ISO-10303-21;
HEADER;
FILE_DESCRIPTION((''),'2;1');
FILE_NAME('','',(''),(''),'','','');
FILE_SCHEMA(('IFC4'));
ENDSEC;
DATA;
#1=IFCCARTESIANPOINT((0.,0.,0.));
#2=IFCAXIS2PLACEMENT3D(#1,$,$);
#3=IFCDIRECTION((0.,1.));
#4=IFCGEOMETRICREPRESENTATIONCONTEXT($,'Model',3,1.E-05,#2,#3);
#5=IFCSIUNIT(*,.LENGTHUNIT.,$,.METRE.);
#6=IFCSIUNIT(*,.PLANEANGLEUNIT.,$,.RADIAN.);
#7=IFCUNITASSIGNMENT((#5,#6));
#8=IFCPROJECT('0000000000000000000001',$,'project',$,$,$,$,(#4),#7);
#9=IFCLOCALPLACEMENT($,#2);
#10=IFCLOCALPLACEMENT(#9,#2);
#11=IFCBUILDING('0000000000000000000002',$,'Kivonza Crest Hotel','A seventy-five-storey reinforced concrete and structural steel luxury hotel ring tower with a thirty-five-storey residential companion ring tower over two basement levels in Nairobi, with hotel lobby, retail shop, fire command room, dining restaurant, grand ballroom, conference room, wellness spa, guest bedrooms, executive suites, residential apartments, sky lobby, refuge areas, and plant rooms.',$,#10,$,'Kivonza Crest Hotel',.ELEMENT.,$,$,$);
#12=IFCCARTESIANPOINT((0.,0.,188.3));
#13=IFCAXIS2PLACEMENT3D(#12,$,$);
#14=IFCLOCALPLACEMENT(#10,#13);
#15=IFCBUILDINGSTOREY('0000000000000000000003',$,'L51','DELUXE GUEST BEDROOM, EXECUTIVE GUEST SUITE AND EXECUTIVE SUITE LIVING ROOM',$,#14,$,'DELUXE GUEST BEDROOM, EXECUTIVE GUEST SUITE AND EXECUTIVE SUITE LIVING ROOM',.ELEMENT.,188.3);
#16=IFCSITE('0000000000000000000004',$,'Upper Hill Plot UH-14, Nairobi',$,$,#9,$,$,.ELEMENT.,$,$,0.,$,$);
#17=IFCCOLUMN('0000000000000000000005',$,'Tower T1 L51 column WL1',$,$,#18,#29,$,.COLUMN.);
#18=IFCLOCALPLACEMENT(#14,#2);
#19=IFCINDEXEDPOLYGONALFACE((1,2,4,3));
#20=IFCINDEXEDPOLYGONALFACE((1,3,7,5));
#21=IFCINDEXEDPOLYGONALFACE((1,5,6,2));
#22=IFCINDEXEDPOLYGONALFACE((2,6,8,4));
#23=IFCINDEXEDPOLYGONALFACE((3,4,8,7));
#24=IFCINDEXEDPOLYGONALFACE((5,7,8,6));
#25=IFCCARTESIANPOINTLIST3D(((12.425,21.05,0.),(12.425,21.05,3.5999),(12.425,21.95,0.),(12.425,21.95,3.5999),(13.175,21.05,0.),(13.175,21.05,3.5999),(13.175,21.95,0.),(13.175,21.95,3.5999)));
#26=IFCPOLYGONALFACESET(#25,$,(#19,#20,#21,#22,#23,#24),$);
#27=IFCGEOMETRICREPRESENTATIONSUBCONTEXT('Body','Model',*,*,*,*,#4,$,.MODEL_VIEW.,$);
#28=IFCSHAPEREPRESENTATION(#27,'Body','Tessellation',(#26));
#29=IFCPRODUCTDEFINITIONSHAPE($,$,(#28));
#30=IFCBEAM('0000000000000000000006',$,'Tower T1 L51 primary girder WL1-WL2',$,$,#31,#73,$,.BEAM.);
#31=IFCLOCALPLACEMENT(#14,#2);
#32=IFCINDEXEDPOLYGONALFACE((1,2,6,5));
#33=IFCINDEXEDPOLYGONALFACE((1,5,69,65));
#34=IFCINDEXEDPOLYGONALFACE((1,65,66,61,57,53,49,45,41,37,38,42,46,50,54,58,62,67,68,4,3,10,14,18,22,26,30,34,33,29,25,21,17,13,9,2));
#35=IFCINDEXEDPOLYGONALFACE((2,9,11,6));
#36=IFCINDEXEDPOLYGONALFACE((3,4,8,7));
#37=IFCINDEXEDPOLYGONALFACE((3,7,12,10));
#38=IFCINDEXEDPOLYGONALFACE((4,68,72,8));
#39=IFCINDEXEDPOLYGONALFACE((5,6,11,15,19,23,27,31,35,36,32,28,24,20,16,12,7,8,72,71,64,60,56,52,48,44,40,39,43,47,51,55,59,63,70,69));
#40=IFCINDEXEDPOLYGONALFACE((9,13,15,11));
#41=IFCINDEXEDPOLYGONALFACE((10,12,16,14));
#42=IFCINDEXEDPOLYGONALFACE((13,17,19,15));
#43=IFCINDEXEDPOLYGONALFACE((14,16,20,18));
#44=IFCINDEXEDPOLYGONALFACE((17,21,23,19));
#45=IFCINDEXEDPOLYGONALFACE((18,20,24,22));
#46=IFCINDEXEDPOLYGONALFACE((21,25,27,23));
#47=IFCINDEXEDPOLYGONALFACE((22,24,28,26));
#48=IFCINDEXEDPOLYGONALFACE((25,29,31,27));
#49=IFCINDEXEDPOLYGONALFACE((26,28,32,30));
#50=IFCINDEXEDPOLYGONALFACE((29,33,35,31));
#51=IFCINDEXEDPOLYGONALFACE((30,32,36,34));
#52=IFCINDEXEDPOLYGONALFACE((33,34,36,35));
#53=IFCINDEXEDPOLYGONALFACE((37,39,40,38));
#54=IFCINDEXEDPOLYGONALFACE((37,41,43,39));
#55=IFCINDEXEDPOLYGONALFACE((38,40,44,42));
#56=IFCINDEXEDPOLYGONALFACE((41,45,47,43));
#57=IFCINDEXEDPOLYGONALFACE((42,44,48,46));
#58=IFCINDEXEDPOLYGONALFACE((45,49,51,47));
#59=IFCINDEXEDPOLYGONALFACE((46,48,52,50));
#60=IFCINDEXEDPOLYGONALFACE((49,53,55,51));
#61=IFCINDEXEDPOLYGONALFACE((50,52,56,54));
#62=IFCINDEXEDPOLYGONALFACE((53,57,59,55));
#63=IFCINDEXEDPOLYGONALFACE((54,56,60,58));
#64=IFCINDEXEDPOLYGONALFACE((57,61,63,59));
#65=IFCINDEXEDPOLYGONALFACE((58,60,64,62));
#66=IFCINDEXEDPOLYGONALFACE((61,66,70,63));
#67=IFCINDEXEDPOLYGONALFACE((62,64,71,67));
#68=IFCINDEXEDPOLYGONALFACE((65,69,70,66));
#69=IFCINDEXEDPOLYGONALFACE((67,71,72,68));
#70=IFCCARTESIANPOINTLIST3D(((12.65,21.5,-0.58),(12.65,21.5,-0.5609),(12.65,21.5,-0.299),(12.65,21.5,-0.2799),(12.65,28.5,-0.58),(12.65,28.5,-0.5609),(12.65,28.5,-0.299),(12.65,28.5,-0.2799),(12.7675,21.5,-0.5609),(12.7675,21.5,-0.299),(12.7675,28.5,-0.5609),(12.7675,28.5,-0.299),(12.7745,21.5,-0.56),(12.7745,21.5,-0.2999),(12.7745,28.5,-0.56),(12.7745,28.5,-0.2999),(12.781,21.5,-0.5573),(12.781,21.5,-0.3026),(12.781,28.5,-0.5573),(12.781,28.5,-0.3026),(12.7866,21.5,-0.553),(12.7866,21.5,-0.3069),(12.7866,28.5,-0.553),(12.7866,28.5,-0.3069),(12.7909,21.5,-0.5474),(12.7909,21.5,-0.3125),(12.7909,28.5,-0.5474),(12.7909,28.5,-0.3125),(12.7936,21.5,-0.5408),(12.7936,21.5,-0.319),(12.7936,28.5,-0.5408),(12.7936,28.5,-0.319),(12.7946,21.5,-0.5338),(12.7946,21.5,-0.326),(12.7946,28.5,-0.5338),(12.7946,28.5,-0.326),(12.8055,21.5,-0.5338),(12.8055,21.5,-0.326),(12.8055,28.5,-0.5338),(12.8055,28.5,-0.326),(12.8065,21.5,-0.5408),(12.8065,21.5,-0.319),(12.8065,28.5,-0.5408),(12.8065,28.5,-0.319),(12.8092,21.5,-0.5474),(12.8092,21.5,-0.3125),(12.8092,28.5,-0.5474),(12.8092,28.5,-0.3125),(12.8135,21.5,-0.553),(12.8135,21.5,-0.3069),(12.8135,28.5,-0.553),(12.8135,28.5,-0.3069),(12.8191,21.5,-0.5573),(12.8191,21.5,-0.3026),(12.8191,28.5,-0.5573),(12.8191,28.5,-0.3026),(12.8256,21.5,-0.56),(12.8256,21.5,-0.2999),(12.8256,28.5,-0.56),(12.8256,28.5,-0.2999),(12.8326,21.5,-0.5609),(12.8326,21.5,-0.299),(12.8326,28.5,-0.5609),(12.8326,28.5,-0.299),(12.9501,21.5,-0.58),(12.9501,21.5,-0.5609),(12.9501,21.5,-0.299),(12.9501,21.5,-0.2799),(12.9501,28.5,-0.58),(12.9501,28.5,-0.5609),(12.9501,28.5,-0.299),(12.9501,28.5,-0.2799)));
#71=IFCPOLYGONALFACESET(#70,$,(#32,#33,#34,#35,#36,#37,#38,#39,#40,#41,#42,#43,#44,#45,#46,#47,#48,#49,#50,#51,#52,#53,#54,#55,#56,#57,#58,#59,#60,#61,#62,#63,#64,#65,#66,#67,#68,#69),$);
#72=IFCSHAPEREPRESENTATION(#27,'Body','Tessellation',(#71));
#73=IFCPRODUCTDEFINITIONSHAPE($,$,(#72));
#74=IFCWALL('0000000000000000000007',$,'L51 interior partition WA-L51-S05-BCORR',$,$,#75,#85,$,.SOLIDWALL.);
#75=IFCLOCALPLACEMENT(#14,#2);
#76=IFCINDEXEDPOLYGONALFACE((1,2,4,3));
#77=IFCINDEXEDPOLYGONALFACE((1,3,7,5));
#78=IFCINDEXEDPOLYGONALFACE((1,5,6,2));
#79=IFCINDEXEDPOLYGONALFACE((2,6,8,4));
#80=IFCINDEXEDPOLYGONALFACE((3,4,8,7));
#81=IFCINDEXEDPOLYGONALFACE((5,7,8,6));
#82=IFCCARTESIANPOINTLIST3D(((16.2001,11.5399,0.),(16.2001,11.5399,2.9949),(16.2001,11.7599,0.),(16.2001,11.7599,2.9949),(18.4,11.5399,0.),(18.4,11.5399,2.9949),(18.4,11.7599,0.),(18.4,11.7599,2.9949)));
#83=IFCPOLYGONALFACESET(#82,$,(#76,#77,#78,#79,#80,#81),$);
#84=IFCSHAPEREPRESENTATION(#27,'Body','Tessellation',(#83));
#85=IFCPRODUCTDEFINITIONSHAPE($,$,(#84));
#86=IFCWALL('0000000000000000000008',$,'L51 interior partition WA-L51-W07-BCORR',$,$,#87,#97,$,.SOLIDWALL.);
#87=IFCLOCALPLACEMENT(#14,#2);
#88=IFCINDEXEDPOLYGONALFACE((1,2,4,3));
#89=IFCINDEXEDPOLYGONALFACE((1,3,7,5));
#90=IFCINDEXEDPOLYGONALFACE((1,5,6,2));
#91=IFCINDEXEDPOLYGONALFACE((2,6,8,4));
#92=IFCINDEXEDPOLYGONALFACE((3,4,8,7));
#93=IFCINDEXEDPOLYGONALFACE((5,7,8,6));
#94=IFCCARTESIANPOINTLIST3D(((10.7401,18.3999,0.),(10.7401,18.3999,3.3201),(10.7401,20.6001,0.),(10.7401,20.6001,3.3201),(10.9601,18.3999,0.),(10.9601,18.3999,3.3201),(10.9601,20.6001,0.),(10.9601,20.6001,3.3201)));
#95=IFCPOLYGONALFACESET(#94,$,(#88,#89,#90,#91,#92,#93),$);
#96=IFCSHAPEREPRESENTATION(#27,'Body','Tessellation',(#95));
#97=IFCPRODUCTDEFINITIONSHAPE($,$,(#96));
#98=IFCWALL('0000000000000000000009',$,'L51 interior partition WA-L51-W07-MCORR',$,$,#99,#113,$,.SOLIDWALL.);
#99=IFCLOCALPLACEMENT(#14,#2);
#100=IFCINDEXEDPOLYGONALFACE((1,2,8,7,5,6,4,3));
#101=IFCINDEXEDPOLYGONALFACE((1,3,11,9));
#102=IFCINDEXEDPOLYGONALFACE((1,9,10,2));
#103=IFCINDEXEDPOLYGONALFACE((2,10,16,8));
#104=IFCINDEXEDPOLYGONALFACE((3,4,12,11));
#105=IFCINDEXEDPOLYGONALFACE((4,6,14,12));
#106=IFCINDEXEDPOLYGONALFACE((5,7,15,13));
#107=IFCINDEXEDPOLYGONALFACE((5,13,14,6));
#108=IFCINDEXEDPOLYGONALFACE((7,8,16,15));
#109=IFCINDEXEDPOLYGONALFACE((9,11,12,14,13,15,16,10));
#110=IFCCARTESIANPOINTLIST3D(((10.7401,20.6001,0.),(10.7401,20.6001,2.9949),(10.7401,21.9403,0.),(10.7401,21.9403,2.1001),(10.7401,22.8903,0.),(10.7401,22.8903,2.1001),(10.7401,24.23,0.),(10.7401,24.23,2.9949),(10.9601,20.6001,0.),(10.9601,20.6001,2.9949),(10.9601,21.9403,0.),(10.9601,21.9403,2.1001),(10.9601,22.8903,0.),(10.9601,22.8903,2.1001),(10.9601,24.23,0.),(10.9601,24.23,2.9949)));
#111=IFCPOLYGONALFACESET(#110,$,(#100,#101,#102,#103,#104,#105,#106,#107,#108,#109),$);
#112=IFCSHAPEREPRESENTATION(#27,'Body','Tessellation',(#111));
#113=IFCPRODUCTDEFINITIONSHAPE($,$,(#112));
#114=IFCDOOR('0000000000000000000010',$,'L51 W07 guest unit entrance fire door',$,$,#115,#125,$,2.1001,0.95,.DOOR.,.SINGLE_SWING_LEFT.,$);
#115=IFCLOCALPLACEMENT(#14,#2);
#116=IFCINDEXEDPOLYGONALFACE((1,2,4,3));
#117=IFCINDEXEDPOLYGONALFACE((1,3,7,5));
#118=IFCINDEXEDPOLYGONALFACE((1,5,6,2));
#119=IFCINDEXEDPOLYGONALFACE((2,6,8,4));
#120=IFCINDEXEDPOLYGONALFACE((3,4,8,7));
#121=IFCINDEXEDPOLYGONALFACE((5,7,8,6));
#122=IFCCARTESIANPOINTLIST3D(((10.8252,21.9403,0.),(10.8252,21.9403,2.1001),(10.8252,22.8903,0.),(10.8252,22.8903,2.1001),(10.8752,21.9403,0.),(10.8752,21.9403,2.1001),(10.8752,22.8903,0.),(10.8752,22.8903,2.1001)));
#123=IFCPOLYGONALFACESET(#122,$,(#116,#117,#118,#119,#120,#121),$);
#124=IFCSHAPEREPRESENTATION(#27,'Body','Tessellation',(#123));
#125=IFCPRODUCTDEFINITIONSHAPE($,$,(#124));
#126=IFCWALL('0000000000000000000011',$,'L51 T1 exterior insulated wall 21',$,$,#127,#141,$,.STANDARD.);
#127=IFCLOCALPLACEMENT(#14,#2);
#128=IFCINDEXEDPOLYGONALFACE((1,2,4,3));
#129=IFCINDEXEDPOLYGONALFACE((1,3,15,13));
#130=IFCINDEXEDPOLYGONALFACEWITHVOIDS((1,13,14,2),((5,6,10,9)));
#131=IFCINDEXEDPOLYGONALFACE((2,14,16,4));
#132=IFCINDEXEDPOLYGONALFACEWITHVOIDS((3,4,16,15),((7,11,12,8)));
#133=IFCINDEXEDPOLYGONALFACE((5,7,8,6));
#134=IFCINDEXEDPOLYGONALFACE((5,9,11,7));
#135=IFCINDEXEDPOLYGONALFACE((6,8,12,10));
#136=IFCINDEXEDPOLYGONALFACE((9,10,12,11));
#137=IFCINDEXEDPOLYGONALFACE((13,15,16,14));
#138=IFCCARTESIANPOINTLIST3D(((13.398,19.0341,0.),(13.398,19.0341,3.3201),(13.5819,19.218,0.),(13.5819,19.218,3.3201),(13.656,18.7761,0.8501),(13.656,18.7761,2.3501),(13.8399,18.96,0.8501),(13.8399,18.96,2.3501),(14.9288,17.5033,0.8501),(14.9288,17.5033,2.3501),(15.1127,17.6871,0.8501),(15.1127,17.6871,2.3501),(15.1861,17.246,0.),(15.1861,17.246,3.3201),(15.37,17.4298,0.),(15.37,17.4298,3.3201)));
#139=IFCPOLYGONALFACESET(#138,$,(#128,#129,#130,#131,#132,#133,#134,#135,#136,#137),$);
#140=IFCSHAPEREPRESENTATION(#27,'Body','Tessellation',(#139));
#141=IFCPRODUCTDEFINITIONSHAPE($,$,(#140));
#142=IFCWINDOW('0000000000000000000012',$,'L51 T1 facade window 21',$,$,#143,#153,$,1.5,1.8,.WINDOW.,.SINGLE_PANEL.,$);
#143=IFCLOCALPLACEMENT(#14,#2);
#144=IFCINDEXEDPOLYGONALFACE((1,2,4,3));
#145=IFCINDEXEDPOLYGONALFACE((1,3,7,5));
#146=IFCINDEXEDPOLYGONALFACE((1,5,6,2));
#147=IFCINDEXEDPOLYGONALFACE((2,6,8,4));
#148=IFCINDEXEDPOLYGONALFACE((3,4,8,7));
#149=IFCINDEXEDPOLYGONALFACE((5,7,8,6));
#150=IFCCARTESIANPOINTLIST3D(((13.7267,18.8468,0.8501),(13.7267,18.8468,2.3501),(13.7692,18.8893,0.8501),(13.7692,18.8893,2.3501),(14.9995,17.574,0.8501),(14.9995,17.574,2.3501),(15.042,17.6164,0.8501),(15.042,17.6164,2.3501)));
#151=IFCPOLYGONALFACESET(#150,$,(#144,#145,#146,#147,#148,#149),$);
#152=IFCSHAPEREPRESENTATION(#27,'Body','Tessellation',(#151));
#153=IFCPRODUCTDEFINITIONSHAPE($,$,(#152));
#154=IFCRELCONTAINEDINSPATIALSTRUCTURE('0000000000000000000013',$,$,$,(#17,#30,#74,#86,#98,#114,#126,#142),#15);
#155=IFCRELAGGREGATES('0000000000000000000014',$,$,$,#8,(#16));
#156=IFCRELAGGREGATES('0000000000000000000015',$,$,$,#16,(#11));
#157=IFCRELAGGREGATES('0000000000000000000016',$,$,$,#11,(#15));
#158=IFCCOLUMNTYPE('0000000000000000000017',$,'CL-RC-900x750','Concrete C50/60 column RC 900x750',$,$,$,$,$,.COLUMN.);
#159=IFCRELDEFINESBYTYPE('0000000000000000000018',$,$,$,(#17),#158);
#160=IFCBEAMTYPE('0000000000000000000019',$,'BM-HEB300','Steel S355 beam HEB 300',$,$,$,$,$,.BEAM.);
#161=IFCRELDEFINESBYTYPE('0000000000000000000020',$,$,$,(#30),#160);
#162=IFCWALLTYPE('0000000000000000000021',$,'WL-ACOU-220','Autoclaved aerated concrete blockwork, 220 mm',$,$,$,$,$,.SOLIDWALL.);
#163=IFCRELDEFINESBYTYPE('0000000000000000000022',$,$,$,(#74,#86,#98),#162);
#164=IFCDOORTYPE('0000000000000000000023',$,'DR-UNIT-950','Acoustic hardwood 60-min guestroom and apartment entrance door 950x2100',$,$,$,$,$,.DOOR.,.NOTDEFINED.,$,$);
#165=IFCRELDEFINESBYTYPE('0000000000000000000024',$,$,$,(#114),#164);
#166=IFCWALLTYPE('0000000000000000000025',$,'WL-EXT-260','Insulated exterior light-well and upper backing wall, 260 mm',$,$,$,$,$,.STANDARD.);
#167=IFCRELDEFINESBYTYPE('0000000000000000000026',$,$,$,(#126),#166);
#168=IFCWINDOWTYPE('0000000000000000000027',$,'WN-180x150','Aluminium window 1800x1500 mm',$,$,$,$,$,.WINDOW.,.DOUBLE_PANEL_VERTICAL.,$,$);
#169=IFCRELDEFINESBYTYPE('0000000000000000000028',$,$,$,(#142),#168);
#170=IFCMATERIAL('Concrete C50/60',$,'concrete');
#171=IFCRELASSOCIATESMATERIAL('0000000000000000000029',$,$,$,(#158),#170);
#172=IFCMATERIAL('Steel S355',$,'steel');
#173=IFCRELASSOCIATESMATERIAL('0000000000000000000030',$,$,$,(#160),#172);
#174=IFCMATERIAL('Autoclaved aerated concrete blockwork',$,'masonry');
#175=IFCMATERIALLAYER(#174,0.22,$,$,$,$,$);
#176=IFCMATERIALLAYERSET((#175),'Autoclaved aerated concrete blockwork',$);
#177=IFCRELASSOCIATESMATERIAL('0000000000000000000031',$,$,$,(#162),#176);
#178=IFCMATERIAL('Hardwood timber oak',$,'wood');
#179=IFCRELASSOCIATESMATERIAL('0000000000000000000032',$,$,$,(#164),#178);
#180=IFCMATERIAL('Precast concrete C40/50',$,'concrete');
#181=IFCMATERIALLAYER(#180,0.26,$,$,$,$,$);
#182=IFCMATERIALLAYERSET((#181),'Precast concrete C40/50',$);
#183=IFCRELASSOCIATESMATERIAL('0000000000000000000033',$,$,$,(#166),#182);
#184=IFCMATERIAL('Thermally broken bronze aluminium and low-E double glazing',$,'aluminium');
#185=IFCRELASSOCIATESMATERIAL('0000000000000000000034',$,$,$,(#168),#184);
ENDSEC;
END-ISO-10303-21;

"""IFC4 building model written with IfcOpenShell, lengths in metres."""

from ifc_helpers import new_model, si_unit, direction, frame, frame_2d, origin, origin_2d, place, context, subcontext, project, spatial, rectangle, i_section, extrude, material, layer, layer_set, material_profile, profile_set, type_object, element, fill, save


model = new_model("IFC4")

# Units and contexts
model_context = context("Model", 3, precision=1e-05, world=origin(), true_north=direction((0.0, 1.0)))
body_context = subcontext(model_context, "Body", "Model", "MODEL_VIEW")
ifc_project = project(units=[si_unit("LENGTHUNIT", "METRE"), si_unit("PLANEANGLEUNIT", "RADIAN")], contexts=[model_context])

# Site, building, storey
site_placement = place(None, origin())
site = spatial("IfcSite", under=ifc_project, at=site_placement, Name="Upper Hill Plot UH-14, Nairobi", CompositionType="ELEMENT", RefElevation=0.0)
building_placement = place(site_placement, origin())
building = spatial("IfcBuilding", under=site, at=building_placement, Name="Kivonza Crest Hotel", Description="A seventy-five-storey reinforced concrete and structural steel luxury hotel ring tower with a thirty-five-storey residential companion ring tower over two basement levels in Nairobi, with hotel lobby, retail shop, fire command room, dining restaurant, grand ballroom, conference room, wellness spa, guest bedrooms, executive suites, residential apartments, sky lobby, refuge areas, and plant rooms.", LongName="Kivonza Crest Hotel", CompositionType="ELEMENT")
storey_placement = place(building_placement, frame((0.0, 0.0, 188.3)))
storey = spatial("IfcBuildingStorey", under=building, at=storey_placement, Name="L51", Description="DELUXE GUEST BEDROOM, EXECUTIVE GUEST SUITE AND EXECUTIVE SUITE LIVING ROOM", LongName="DELUXE GUEST BEDROOM, EXECUTIVE GUEST SUITE AND EXECUTIVE SUITE LIVING ROOM", CompositionType="ELEMENT", Elevation=188.3)

# Column
ifc_material_1 = material(Name="Concrete C50/60", Category="concrete")
ifc_material_profile_1 = material_profile(ifc_material_1, rectangle(XDim=0.75, YDim=0.8999, at=origin_2d()), Name="RC 900x750")
ifc_profile_set_1 = profile_set([ifc_material_profile_1], Name="Concrete C50/60")
column_type = type_object("IfcColumnType", Name="CL-RC-900x750", Description="Concrete C50/60 column RC 900x750", PredefinedType="COLUMN", material=ifc_profile_set_1)
column_placement = place(storey_placement, frame((12.8, 21.5, 0.0), z_axis=(0.0, 0.0, 1.0), x_axis=(1.0, 0.0, 0.0)))
element("IfcColumn", 1, at=column_placement, inside=storey, type_object=column_type, Name="Tower T1 L51 column WL1", PredefinedType="COLUMN", context=body_context, shape_type="SweptSolid", body=[
    extrude(rectangle(XDim=0.75, YDim=0.8999, at=origin_2d()), origin(), (0.0, 0.0, 1.0), 3.5999),
])

# Beam
ifc_material_2 = material(Name="Steel S355", Category="steel")
ifc_material_profile_2 = material_profile(ifc_material_2, i_section(OverallWidth=0.3, OverallDepth=0.3, WebThickness=0.011, FlangeThickness=0.019, FilletRadius=0.0271, at=origin_2d()), Name="HEB 300")
ifc_profile_set_2 = profile_set([ifc_material_profile_2], Name="Steel S355")
beam_type = type_object("IfcBeamType", Name="BM-HEB300", Description="Steel S355 beam HEB 300", PredefinedType="BEAM", material=ifc_profile_set_2)
beam_placement = place(storey_placement, frame((12.8, 21.5, -0.4299), z_axis=(0.0, 1.0, 0.0), x_axis=(-1.0, 0.0, 0.0)))
element("IfcBeam", 2, at=beam_placement, inside=storey, type_object=beam_type, Name="Tower T1 L51 primary girder WL1-WL2", PredefinedType="BEAM", context=body_context, shape_type="SweptSolid", body=[
    extrude(i_section(OverallWidth=0.3, OverallDepth=0.3, WebThickness=0.011, FlangeThickness=0.019, FilletRadius=0.0271, at=origin_2d()), origin(), (0.0, 0.0, 1.0), 7.0),
])

# Walls
ifc_material_3 = material(Name="Autoclaved aerated concrete blockwork", Category="masonry")
ifc_layer_1 = layer(ifc_material_3, 0.22)
ifc_layer_set_1 = layer_set([ifc_layer_1], Name="Autoclaved aerated concrete blockwork")
wall_type_1 = type_object("IfcWallType", Name="WL-ACOU-220", Description="Autoclaved aerated concrete blockwork, 220 mm", PredefinedType="SOLIDWALL", material=ifc_layer_set_1)
wall_1_placement = place(storey_placement, frame((16.2, 11.6499, 0.0), z_axis=(0.0, 0.0, 1.0), x_axis=(1.0, 0.0, 0.0)))
element("IfcWall", 3, at=wall_1_placement, inside=storey, type_object=wall_type_1, Name="L51 interior partition WA-L51-S05-BCORR", PredefinedType="SOLIDWALL", context=body_context, shape_type="SweptSolid", body=[
    extrude(rectangle(XDim=2.2, YDim=0.22, at=frame_2d((1.1001, 0.0))), origin(), (0.0, 0.0, 1.0), 2.9949),
])
wall_2_placement = place(storey_placement, frame((10.8501, 18.3999, 0.0), z_axis=(0.0, 0.0, 1.0), x_axis=(0.0, 1.0, 0.0)))
element("IfcWall", 4, at=wall_2_placement, inside=storey, type_object=wall_type_1, Name="L51 interior partition WA-L51-W07-BCORR", PredefinedType="SOLIDWALL", context=body_context, shape_type="SweptSolid", body=[
    extrude(rectangle(XDim=2.2002, YDim=0.22, at=frame_2d((1.1001, 0.0))), origin(), (0.0, 0.0, 1.0), 3.3201),
])

# Wall, opening, door
wall_3_placement = place(storey_placement, frame((10.8501, 20.6001, 0.0), z_axis=(0.0, 0.0, 1.0), x_axis=(0.0, 1.0, 0.0)))
wall_3 = element("IfcWall", 5, at=wall_3_placement, inside=storey, type_object=wall_type_1, Name="L51 interior partition WA-L51-W07-MCORR", PredefinedType="SOLIDWALL", context=body_context, shape_type="SweptSolid", body=[
    extrude(rectangle(XDim=3.6299, YDim=0.22, at=frame_2d((1.8149, 0.0))), origin(), (0.0, 0.0, 1.0), 2.9949),
])
opening_1_placement = place(wall_3_placement, frame((1.3401, 0.0, 0.0)))
opening_1 = element("IfcOpeningElement", 6, at=opening_1_placement, cuts=wall_3, PredefinedType="OPENING", context=body_context, shape_type="SweptSolid", body=[
    extrude(rectangle(XDim=0.95, YDim=2.1001, at=frame_2d((0.4751, 1.05))), frame((0.0, 0.1201, 0.0), z_axis=(0.0, -1.0, 0.0), x_axis=(1.0, 0.0, 0.0)), (0.0, 0.0, 1.0), 0.24),
])
ifc_material_4 = material(Name="Hardwood timber oak", Category="wood")
door_type_1 = type_object("IfcDoorType", Name="DR-UNIT-950", Description="Acoustic hardwood 60-min guestroom and apartment entrance door 950x2100", OperationType="NOTDEFINED", PredefinedType="DOOR", material=ifc_material_4)
door_1_placement = place(opening_1_placement, origin())
door_1 = element("IfcDoor", 7, at=door_1_placement, inside=storey, type_object=door_type_1, Name="L51 W07 guest unit entrance fire door", OperationType="SINGLE_SWING_LEFT", OverallHeight=2.1001, OverallWidth=0.95, PredefinedType="DOOR", context=body_context, shape_type="SweptSolid", body=[
    extrude(rectangle(XDim=0.95, YDim=2.1001, at=frame_2d((0.4751, 1.05))), frame((0.0, 0.0249, 0.0), z_axis=(0.0, -1.0, 0.0), x_axis=(1.0, 0.0, 0.0)), (0.0, 0.0, 1.0), 0.05),
])
fill(opening_1, door_1)

# Wall, opening, window
ifc_material_5 = material(Name="Precast concrete C40/50", Category="concrete")
ifc_layer_2 = layer(ifc_material_5, 0.26)
ifc_layer_set_2 = layer_set([ifc_layer_2], Name="Precast concrete C40/50")
wall_type_2 = type_object("IfcWallType", Name="WL-EXT-260", Description="Insulated exterior light-well and upper backing wall, 260 mm", PredefinedType="STANDARD", material=ifc_layer_set_2)
wall_4_placement = place(storey_placement, frame((15.2781, 17.3379, 0.0), z_axis=(0.0, 0.0, 1.0), x_axis=(-0.707107, 0.707107, 0.0)))
wall_4 = element("IfcWall", 8, at=wall_4_placement, inside=storey, type_object=wall_type_2, Name="L51 T1 exterior insulated wall 21", PredefinedType="STANDARD", context=body_context, shape_type="SweptSolid", body=[
    extrude(rectangle(XDim=2.5288, YDim=0.26, at=frame_2d((1.2644, 0.0))), origin(), (0.0, 0.0, 1.0), 3.3201),
])
opening_2_placement = place(wall_4_placement, frame((0.364, 0.0, 0.8501)))
opening_2 = element("IfcOpeningElement", 9, at=opening_2_placement, cuts=wall_4, PredefinedType="OPENING", context=body_context, shape_type="SweptSolid", body=[
    extrude(rectangle(XDim=1.8, YDim=1.5, at=frame_2d((0.8999, 0.75))), frame((0.0, 0.1401, 0.0), z_axis=(0.0, -1.0, 0.0), x_axis=(1.0, 0.0, 0.0)), (0.0, 0.0, 1.0), 0.28),
])
ifc_material_6 = material(Name="Thermally broken bronze aluminium and low-E double glazing", Category="aluminium")
window_type_1 = type_object("IfcWindowType", Name="WN-180x150", Description="Aluminium window 1800x1500 mm", PartitioningType="DOUBLE_PANEL_VERTICAL", PredefinedType="WINDOW", material=ifc_material_6)
window_1_placement = place(opening_2_placement, origin())
window_1 = element("IfcWindow", 10, at=window_1_placement, inside=storey, type_object=window_type_1, Name="L51 T1 facade window 21", OverallHeight=1.5, OverallWidth=1.8, PartitioningType="SINGLE_PANEL", PredefinedType="WINDOW", context=body_context, shape_type="SweptSolid", body=[
    extrude(rectangle(XDim=1.8, YDim=1.5, at=frame_2d((0.8999, 0.75))), frame((0.0, 0.03, 0.0), z_axis=(0.0, -1.0, 0.0), x_axis=(1.0, 0.0, 0.0)), (0.0, 0.0, 1.0), 0.0601),
])
fill(opening_2, window_1)

save(model, "model.ifc")
